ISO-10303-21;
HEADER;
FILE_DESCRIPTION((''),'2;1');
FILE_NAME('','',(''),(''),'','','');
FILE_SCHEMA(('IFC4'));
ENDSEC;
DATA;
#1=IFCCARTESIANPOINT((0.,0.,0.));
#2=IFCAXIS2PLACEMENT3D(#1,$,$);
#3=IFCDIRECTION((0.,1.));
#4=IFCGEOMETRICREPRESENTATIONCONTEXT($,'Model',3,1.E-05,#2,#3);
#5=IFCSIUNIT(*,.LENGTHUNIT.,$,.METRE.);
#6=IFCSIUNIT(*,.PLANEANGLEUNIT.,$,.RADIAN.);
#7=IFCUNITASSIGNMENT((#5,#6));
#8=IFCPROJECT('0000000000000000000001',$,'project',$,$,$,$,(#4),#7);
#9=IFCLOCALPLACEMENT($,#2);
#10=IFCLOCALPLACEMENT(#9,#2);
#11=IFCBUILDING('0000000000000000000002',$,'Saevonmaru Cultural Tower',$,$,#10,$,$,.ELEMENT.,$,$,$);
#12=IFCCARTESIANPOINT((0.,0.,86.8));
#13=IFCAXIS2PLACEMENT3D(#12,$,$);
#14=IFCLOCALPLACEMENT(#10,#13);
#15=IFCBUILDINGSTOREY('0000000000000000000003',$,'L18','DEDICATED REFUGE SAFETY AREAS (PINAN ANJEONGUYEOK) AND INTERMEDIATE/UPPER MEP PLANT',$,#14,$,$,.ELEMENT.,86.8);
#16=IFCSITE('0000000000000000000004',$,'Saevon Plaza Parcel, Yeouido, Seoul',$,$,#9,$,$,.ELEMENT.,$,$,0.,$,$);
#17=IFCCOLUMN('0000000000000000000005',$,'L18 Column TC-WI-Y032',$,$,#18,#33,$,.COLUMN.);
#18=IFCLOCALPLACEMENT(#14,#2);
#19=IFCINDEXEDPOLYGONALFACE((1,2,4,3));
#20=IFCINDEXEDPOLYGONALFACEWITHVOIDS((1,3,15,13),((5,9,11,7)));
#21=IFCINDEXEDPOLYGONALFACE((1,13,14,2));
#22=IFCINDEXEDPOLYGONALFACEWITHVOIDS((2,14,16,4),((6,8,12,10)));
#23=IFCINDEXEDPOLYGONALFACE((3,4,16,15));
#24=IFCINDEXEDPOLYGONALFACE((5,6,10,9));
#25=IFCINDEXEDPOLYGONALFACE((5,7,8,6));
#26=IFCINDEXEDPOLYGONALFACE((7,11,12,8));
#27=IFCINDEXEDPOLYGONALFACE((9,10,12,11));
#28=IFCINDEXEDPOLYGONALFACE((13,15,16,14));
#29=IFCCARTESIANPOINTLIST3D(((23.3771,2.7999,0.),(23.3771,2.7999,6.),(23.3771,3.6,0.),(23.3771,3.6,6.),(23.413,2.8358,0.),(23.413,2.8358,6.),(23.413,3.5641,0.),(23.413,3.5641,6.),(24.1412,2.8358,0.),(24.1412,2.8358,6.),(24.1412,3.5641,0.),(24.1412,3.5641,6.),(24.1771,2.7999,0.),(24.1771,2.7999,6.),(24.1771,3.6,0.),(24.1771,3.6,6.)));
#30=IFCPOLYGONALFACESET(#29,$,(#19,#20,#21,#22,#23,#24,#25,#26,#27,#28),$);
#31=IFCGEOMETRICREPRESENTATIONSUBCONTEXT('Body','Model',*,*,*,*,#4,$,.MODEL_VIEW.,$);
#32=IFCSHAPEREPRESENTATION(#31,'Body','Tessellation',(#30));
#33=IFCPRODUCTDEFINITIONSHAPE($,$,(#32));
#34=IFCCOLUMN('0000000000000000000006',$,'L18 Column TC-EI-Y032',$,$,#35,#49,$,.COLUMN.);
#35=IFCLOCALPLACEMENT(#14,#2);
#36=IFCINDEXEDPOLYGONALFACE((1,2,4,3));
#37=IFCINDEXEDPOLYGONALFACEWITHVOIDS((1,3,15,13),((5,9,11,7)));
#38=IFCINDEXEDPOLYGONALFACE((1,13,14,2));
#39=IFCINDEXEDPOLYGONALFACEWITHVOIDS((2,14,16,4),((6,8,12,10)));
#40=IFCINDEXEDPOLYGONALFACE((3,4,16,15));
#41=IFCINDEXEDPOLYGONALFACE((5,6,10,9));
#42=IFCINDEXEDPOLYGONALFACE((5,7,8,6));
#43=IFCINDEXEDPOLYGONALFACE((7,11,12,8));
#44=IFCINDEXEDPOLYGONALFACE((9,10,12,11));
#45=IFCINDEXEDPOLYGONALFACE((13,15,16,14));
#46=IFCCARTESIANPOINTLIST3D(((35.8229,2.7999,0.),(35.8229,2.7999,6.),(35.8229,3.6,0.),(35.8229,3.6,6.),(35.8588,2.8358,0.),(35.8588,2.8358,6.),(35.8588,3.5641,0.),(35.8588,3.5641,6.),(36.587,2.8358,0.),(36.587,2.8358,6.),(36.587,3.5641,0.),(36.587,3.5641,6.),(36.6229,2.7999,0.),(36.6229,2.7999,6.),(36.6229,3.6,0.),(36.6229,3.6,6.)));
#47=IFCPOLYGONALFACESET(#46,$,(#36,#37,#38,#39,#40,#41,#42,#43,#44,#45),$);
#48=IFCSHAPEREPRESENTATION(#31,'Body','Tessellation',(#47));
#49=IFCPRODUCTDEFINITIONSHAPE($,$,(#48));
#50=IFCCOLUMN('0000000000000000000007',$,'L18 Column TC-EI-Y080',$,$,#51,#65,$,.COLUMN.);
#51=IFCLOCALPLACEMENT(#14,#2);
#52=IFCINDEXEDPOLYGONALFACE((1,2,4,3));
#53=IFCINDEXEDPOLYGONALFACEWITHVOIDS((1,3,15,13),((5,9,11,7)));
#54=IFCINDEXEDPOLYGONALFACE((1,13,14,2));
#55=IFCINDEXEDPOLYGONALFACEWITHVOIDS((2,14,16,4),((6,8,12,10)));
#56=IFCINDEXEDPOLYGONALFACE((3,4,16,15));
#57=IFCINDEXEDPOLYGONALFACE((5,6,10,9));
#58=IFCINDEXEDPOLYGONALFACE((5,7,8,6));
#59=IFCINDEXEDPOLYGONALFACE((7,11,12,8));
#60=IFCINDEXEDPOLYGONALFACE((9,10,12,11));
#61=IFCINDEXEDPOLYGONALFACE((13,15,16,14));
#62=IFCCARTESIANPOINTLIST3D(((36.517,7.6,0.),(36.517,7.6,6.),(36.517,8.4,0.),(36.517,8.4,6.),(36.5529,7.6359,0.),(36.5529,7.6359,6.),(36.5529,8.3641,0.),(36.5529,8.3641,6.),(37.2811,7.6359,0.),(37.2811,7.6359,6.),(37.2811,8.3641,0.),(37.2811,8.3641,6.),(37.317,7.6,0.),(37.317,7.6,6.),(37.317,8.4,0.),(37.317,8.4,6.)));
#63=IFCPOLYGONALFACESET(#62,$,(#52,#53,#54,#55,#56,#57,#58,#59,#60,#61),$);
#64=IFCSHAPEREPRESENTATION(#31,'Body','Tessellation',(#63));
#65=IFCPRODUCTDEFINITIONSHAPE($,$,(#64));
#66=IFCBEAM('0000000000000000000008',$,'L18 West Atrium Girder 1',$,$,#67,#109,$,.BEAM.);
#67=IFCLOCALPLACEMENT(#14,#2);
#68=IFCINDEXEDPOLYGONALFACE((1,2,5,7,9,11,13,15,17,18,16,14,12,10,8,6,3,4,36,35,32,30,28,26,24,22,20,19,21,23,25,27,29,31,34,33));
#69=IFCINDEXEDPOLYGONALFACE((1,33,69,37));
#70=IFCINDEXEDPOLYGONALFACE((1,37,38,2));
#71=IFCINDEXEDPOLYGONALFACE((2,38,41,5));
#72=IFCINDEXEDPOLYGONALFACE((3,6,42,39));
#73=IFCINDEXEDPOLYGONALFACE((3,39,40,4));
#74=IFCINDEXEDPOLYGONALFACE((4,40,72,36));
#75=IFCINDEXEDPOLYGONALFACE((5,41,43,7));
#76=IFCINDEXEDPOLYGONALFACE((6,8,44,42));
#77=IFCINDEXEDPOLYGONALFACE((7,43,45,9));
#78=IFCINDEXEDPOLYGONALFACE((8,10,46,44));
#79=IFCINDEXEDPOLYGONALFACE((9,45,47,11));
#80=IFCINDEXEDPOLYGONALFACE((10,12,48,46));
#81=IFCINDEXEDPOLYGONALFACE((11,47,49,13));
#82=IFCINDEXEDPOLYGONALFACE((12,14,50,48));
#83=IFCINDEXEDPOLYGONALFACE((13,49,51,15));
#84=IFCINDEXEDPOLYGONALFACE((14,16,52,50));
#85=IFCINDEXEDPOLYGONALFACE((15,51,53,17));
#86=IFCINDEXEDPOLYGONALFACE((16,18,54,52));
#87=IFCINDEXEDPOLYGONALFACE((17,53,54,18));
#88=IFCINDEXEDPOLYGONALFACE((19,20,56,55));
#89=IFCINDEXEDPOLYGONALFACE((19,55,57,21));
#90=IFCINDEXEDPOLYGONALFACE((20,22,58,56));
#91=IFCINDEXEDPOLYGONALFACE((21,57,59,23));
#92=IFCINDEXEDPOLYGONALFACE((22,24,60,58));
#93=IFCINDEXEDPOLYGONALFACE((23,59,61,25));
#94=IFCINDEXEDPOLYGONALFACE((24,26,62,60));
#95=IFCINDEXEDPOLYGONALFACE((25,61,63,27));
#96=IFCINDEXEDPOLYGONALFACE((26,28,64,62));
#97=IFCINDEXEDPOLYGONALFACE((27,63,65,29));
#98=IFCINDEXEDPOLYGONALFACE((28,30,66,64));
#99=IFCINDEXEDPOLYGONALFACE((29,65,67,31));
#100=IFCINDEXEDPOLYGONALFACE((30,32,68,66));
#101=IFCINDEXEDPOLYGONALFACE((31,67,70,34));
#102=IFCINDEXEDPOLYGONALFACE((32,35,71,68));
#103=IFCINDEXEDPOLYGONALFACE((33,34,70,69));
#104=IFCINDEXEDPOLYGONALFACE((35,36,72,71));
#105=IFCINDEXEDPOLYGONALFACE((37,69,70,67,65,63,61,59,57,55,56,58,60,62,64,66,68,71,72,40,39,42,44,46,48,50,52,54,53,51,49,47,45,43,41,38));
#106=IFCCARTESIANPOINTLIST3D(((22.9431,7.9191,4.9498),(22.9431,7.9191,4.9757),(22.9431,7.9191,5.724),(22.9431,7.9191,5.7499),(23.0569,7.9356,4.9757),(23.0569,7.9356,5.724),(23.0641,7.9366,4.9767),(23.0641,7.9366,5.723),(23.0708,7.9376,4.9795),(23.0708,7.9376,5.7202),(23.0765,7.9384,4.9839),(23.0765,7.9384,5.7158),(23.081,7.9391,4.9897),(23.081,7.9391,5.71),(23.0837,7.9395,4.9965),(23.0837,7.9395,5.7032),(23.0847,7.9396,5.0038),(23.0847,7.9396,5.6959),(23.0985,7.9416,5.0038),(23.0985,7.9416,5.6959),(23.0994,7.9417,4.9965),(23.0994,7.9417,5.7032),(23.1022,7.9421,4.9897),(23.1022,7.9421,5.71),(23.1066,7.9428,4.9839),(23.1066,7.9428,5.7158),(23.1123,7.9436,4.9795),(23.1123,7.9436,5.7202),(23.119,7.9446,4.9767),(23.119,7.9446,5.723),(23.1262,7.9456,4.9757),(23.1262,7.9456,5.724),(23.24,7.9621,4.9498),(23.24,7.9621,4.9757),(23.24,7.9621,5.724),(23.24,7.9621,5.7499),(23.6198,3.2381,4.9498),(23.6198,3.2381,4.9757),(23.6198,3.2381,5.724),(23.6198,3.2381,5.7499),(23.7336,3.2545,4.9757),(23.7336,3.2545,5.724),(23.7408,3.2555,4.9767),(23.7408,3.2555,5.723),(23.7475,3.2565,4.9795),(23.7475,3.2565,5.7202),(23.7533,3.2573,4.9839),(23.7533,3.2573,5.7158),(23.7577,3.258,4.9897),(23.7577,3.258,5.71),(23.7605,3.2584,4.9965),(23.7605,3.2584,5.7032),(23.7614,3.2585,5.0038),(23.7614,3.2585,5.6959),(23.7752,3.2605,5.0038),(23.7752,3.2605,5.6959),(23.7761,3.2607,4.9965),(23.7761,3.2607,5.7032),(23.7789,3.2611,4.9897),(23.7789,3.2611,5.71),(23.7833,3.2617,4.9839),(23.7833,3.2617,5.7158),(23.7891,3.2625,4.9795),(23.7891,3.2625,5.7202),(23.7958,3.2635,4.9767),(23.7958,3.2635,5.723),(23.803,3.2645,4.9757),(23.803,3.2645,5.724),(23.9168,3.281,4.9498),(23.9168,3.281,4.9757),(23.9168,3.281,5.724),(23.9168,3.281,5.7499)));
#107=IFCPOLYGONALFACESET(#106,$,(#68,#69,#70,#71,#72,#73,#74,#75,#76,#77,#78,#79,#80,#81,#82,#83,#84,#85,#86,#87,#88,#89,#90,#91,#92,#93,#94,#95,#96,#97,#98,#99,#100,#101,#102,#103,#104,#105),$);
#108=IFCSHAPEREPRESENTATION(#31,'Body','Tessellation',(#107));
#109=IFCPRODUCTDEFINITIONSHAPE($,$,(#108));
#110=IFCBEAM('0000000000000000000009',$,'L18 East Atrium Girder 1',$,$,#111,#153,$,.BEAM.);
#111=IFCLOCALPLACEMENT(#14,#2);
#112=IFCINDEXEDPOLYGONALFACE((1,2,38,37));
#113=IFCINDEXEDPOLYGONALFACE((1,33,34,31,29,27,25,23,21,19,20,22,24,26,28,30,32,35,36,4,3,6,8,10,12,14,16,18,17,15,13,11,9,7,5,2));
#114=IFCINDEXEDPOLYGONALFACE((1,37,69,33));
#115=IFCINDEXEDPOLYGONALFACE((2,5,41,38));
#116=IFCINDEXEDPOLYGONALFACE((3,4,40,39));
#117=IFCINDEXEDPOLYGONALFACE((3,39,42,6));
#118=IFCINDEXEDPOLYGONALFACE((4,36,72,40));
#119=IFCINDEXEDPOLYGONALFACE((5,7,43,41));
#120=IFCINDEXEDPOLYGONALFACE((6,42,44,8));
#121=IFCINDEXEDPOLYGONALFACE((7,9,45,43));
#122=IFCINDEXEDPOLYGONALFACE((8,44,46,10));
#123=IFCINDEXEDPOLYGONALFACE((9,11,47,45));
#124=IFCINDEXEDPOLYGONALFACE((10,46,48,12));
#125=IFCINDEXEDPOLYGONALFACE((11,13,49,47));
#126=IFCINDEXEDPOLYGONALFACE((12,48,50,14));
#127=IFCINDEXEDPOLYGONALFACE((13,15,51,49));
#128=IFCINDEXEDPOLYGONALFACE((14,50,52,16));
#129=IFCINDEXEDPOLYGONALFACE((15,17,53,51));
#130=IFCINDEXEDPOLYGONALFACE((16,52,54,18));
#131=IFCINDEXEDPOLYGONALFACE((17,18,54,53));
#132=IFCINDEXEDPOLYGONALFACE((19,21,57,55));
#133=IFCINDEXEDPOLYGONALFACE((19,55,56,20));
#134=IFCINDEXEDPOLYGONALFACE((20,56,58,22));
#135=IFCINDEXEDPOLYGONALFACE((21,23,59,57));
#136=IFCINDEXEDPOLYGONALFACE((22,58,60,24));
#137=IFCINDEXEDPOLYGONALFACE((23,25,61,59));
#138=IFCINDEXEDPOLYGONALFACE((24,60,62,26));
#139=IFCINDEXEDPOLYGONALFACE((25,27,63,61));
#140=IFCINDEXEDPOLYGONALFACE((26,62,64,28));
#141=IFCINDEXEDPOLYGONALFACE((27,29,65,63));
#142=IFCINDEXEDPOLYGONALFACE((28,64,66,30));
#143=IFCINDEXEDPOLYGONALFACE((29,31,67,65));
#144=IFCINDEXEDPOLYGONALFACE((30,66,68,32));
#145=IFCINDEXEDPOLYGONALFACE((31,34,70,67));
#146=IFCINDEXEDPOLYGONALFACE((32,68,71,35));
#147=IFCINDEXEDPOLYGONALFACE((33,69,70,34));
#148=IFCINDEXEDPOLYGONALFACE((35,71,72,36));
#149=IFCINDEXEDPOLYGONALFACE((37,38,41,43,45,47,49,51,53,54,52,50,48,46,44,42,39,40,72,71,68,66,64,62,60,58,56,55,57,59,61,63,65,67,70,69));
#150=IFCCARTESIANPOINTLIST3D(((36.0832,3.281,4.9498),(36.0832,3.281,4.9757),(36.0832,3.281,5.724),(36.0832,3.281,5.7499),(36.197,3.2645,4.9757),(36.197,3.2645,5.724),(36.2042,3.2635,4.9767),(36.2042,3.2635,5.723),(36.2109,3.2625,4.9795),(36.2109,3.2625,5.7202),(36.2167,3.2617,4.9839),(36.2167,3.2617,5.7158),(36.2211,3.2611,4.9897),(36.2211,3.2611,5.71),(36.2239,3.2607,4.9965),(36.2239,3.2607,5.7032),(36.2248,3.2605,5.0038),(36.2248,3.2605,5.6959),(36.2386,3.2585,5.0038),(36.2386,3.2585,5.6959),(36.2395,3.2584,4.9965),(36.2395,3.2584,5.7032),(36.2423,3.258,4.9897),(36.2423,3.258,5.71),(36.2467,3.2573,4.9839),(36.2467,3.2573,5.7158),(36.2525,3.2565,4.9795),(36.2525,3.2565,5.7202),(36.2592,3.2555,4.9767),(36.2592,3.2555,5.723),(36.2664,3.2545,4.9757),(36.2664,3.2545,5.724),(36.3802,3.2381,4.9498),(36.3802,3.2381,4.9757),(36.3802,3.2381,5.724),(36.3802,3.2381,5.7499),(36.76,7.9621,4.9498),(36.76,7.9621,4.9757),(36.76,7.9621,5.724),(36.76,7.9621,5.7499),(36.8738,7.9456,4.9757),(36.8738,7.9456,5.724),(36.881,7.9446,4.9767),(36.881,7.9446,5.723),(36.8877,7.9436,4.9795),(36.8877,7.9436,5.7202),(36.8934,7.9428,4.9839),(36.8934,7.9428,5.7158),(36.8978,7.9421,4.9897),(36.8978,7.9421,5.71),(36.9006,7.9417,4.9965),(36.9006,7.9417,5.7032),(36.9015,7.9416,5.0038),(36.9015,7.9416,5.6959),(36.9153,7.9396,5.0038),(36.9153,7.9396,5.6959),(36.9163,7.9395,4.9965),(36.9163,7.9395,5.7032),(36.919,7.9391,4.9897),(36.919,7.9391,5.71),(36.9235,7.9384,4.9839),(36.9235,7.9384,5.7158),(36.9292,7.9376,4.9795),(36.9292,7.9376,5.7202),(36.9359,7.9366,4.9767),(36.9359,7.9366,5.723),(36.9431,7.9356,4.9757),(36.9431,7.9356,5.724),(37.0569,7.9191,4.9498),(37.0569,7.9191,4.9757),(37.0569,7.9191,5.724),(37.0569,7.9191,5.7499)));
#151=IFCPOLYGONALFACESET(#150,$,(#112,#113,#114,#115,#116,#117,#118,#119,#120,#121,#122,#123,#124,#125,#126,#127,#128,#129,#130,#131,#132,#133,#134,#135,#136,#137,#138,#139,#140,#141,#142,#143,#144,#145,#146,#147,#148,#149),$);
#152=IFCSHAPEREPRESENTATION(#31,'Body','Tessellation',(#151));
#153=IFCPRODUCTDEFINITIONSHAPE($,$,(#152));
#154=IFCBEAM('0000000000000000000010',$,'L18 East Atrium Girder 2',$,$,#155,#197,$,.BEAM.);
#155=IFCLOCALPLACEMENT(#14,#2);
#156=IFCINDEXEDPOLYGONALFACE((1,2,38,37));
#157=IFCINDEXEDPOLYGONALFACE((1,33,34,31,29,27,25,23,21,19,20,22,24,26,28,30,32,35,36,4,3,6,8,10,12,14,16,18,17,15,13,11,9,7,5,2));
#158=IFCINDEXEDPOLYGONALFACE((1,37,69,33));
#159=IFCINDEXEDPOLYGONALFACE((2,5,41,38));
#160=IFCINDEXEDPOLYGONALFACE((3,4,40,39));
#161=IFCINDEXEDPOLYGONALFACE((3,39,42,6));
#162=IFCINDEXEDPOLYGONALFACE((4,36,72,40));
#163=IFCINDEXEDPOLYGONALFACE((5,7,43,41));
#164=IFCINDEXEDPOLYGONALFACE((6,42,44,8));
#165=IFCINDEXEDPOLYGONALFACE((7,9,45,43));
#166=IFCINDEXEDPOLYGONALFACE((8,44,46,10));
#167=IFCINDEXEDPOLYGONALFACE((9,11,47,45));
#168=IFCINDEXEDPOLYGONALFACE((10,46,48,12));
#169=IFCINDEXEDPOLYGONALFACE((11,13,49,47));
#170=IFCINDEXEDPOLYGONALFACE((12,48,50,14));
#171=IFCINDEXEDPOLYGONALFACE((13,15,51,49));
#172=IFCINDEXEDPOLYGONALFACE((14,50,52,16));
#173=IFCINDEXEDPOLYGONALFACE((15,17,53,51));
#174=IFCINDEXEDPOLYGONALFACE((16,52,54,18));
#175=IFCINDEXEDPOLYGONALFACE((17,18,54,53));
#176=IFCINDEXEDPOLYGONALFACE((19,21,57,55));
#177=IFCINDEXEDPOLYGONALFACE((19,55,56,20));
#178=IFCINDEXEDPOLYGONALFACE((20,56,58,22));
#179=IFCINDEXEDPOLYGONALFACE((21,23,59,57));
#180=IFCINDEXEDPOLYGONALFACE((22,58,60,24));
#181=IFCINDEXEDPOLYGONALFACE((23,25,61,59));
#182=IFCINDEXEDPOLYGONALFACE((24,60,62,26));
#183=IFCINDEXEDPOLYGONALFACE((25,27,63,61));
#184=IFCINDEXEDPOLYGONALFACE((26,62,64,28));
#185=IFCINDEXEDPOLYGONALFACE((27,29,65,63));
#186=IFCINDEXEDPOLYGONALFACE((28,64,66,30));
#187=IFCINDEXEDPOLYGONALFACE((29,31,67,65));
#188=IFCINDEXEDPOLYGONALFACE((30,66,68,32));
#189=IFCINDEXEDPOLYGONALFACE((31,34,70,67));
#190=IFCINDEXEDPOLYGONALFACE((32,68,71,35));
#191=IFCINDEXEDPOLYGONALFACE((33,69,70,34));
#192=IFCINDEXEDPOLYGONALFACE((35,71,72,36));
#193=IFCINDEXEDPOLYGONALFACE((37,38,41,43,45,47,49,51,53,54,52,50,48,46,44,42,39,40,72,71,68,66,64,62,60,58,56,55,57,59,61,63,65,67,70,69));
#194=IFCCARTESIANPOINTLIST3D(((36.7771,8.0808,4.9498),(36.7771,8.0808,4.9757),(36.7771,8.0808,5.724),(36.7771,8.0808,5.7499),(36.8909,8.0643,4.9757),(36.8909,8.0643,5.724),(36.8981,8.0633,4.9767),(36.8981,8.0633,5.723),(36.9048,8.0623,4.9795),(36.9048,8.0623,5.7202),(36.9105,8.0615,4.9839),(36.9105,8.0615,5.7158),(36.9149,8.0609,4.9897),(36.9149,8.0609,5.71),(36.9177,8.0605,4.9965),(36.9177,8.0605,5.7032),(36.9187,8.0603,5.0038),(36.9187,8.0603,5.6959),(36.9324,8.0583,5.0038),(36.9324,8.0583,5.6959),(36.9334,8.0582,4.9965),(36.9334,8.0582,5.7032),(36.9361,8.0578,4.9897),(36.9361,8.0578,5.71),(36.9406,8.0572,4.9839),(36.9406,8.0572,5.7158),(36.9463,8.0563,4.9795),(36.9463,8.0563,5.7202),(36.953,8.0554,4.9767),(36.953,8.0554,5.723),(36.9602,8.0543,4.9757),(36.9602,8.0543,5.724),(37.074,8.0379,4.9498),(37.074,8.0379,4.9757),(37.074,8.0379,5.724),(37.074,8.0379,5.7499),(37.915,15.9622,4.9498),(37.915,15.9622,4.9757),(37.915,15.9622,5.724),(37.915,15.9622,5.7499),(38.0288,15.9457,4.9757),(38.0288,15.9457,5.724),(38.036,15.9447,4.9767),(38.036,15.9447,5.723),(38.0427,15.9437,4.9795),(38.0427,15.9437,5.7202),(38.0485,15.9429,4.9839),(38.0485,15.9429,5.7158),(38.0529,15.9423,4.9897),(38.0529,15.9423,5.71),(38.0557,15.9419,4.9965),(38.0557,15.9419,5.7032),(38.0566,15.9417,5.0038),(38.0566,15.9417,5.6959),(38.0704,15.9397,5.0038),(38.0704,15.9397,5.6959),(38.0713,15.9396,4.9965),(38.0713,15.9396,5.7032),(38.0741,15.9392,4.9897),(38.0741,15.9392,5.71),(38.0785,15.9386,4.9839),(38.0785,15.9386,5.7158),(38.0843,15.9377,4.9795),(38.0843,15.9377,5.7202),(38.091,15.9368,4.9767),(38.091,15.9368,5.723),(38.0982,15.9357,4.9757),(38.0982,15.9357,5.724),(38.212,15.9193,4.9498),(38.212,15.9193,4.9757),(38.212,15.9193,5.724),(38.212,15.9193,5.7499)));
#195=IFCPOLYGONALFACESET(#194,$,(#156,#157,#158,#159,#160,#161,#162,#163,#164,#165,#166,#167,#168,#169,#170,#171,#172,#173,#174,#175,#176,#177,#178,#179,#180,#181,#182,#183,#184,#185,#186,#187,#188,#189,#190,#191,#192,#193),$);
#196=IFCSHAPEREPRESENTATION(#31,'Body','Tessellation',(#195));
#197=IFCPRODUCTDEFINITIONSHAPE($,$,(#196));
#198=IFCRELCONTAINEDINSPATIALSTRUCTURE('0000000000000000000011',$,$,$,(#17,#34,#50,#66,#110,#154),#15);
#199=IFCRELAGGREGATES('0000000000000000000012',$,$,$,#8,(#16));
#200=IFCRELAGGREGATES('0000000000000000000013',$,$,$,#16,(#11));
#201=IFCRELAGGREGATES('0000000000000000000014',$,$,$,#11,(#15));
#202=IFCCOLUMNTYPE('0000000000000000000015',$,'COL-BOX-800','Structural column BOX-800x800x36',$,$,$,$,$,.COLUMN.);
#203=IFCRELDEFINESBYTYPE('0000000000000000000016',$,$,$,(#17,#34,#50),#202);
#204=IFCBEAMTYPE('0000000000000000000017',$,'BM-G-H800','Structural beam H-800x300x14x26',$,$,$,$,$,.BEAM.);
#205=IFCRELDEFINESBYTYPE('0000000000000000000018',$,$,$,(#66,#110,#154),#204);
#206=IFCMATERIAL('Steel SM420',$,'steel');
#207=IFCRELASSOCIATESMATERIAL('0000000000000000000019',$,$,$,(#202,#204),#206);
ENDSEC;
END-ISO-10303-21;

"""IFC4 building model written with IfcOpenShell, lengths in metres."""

from ifc_helpers import new_model, si_unit, direction, frame, origin, origin_2d, place, context, subcontext, project, spatial, hollow_rectangle, i_section, extrude, material, material_profile, profile_set, type_object, element, save


model = new_model("IFC4")

# Units and contexts
model_context = context("Model", 3, precision=1e-05, world=origin(), true_north=direction((0.0, 1.0)))
body_context = subcontext(model_context, "Body", "Model", "MODEL_VIEW")
ifc_project = project(units=[si_unit("LENGTHUNIT", "METRE"), si_unit("PLANEANGLEUNIT", "RADIAN")], contexts=[model_context])

# Site, building, storey
site_placement = place(None, origin())
site = spatial("IfcSite", under=ifc_project, at=site_placement, Name="Saevon Plaza Parcel, Yeouido, Seoul", CompositionType="ELEMENT", RefElevation=0.0)
building_placement = place(site_placement, origin())
building = spatial("IfcBuilding", under=site, at=building_placement, Name="Saevonmaru Cultural Tower", CompositionType="ELEMENT")
storey_placement = place(building_placement, frame((0.0, 0.0, 86.8)))
storey = spatial("IfcBuildingStorey", under=building, at=storey_placement, Name="L18", Description="DEDICATED REFUGE SAFETY AREAS (PINAN ANJEONGUYEOK) AND INTERMEDIATE/UPPER MEP PLANT", CompositionType="ELEMENT", Elevation=86.8)

# Columns
ifc_material_1 = material(Name="Steel SM420", Category="steel")
ifc_material_profile_1 = material_profile(ifc_material_1, hollow_rectangle(XDim=0.8, YDim=0.8, WallThickness=0.0359, at=origin_2d()), Name="BOX-800x800x36")
ifc_profile_set_1 = profile_set([ifc_material_profile_1], Name="Steel SM420")
column_type = type_object("IfcColumnType", Name="COL-BOX-800", Description="Structural column BOX-800x800x36", PredefinedType="COLUMN", material=ifc_profile_set_1)
for number, where, z_axis, x_axis, name in (
    (1, (23.7771, 3.2, 0.0), (0.0, 0.0, 1.0), (1.0, 0.0, 0.0), "L18 Column TC-WI-Y032"),
    (2, (36.2229, 3.2, 0.0), (0.0, 0.0, 1.0), (1.0, 0.0, 0.0), "L18 Column TC-EI-Y032"),
    (3, (36.917, 8.0, 0.0), (0.0, 0.0, 1.0), (1.0, 0.0, 0.0), "L18 Column TC-EI-Y080"),
):
    element("IfcColumn", number, at=place(storey_placement, frame(where, z_axis=z_axis, x_axis=x_axis)), inside=storey, type_object=column_type, Name=name, PredefinedType="COLUMN", context=body_context, shape_type="SweptSolid", body=[
        extrude(hollow_rectangle(XDim=0.8, YDim=0.8, WallThickness=0.0359, at=origin_2d()), origin(), (0.0, 0.0, 1.0), 6.0),
    ])

# Beams
ifc_material_profile_2 = material_profile(ifc_material_1, i_section(OverallWidth=0.3, OverallDepth=0.8, WebThickness=0.0139, FlangeThickness=0.0259, FilletRadius=0.0281, at=origin_2d()), Name="H-800x300x14x26")
ifc_profile_set_2 = profile_set([ifc_material_profile_2], Name="Steel SM420")
beam_type_1 = type_object("IfcBeamType", Name="BM-G-H800", Description="Structural beam H-800x300x14x26", PredefinedType="BEAM", material=ifc_profile_set_2)
for number, where, z_axis, x_axis, name in (
    (4, (23.7683, 3.2595, 5.3499), (-0.143083, 0.989711, 0.0), (-0.989711, -0.143083, 0.0), "L18 West Atrium Girder 1"),
    (5, (36.2317, 3.2595, 5.3499), (0.143083, 0.989711, 0.0), (-0.989711, 0.143083, 0.0), "L18 East Atrium Girder 1"),
):
    element("IfcBeam", number, at=place(storey_placement, frame(where, z_axis=z_axis, x_axis=x_axis)), inside=storey, type_object=beam_type_1, Name=name, PredefinedType="BEAM", context=body_context, shape_type="SweptSolid", body=[
        extrude(i_section(OverallWidth=0.3, OverallDepth=0.8, WebThickness=0.0139, FlangeThickness=0.0259, FilletRadius=0.0281, at=origin_2d()), origin(), (0.0, 0.0, 1.0), 4.7297),
    ])
beam_placement = place(storey_placement, frame((36.9255, 8.0593, 5.3499), z_axis=(0.142902, 0.989737, 0.0), x_axis=(-0.989737, 0.142902, 0.0)))
element("IfcBeam", 6, at=beam_placement, inside=storey, type_object=beam_type_1, Name="L18 East Atrium Girder 2", PredefinedType="BEAM", context=body_context, shape_type="SweptSolid", body=[
    extrude(i_section(OverallWidth=0.3, OverallDepth=0.8, WebThickness=0.0139, FlangeThickness=0.0259, FilletRadius=0.0281, at=origin_2d()), origin(), (0.0, 0.0, 1.0), 7.9631),
])

save(model, "model.ifc")
